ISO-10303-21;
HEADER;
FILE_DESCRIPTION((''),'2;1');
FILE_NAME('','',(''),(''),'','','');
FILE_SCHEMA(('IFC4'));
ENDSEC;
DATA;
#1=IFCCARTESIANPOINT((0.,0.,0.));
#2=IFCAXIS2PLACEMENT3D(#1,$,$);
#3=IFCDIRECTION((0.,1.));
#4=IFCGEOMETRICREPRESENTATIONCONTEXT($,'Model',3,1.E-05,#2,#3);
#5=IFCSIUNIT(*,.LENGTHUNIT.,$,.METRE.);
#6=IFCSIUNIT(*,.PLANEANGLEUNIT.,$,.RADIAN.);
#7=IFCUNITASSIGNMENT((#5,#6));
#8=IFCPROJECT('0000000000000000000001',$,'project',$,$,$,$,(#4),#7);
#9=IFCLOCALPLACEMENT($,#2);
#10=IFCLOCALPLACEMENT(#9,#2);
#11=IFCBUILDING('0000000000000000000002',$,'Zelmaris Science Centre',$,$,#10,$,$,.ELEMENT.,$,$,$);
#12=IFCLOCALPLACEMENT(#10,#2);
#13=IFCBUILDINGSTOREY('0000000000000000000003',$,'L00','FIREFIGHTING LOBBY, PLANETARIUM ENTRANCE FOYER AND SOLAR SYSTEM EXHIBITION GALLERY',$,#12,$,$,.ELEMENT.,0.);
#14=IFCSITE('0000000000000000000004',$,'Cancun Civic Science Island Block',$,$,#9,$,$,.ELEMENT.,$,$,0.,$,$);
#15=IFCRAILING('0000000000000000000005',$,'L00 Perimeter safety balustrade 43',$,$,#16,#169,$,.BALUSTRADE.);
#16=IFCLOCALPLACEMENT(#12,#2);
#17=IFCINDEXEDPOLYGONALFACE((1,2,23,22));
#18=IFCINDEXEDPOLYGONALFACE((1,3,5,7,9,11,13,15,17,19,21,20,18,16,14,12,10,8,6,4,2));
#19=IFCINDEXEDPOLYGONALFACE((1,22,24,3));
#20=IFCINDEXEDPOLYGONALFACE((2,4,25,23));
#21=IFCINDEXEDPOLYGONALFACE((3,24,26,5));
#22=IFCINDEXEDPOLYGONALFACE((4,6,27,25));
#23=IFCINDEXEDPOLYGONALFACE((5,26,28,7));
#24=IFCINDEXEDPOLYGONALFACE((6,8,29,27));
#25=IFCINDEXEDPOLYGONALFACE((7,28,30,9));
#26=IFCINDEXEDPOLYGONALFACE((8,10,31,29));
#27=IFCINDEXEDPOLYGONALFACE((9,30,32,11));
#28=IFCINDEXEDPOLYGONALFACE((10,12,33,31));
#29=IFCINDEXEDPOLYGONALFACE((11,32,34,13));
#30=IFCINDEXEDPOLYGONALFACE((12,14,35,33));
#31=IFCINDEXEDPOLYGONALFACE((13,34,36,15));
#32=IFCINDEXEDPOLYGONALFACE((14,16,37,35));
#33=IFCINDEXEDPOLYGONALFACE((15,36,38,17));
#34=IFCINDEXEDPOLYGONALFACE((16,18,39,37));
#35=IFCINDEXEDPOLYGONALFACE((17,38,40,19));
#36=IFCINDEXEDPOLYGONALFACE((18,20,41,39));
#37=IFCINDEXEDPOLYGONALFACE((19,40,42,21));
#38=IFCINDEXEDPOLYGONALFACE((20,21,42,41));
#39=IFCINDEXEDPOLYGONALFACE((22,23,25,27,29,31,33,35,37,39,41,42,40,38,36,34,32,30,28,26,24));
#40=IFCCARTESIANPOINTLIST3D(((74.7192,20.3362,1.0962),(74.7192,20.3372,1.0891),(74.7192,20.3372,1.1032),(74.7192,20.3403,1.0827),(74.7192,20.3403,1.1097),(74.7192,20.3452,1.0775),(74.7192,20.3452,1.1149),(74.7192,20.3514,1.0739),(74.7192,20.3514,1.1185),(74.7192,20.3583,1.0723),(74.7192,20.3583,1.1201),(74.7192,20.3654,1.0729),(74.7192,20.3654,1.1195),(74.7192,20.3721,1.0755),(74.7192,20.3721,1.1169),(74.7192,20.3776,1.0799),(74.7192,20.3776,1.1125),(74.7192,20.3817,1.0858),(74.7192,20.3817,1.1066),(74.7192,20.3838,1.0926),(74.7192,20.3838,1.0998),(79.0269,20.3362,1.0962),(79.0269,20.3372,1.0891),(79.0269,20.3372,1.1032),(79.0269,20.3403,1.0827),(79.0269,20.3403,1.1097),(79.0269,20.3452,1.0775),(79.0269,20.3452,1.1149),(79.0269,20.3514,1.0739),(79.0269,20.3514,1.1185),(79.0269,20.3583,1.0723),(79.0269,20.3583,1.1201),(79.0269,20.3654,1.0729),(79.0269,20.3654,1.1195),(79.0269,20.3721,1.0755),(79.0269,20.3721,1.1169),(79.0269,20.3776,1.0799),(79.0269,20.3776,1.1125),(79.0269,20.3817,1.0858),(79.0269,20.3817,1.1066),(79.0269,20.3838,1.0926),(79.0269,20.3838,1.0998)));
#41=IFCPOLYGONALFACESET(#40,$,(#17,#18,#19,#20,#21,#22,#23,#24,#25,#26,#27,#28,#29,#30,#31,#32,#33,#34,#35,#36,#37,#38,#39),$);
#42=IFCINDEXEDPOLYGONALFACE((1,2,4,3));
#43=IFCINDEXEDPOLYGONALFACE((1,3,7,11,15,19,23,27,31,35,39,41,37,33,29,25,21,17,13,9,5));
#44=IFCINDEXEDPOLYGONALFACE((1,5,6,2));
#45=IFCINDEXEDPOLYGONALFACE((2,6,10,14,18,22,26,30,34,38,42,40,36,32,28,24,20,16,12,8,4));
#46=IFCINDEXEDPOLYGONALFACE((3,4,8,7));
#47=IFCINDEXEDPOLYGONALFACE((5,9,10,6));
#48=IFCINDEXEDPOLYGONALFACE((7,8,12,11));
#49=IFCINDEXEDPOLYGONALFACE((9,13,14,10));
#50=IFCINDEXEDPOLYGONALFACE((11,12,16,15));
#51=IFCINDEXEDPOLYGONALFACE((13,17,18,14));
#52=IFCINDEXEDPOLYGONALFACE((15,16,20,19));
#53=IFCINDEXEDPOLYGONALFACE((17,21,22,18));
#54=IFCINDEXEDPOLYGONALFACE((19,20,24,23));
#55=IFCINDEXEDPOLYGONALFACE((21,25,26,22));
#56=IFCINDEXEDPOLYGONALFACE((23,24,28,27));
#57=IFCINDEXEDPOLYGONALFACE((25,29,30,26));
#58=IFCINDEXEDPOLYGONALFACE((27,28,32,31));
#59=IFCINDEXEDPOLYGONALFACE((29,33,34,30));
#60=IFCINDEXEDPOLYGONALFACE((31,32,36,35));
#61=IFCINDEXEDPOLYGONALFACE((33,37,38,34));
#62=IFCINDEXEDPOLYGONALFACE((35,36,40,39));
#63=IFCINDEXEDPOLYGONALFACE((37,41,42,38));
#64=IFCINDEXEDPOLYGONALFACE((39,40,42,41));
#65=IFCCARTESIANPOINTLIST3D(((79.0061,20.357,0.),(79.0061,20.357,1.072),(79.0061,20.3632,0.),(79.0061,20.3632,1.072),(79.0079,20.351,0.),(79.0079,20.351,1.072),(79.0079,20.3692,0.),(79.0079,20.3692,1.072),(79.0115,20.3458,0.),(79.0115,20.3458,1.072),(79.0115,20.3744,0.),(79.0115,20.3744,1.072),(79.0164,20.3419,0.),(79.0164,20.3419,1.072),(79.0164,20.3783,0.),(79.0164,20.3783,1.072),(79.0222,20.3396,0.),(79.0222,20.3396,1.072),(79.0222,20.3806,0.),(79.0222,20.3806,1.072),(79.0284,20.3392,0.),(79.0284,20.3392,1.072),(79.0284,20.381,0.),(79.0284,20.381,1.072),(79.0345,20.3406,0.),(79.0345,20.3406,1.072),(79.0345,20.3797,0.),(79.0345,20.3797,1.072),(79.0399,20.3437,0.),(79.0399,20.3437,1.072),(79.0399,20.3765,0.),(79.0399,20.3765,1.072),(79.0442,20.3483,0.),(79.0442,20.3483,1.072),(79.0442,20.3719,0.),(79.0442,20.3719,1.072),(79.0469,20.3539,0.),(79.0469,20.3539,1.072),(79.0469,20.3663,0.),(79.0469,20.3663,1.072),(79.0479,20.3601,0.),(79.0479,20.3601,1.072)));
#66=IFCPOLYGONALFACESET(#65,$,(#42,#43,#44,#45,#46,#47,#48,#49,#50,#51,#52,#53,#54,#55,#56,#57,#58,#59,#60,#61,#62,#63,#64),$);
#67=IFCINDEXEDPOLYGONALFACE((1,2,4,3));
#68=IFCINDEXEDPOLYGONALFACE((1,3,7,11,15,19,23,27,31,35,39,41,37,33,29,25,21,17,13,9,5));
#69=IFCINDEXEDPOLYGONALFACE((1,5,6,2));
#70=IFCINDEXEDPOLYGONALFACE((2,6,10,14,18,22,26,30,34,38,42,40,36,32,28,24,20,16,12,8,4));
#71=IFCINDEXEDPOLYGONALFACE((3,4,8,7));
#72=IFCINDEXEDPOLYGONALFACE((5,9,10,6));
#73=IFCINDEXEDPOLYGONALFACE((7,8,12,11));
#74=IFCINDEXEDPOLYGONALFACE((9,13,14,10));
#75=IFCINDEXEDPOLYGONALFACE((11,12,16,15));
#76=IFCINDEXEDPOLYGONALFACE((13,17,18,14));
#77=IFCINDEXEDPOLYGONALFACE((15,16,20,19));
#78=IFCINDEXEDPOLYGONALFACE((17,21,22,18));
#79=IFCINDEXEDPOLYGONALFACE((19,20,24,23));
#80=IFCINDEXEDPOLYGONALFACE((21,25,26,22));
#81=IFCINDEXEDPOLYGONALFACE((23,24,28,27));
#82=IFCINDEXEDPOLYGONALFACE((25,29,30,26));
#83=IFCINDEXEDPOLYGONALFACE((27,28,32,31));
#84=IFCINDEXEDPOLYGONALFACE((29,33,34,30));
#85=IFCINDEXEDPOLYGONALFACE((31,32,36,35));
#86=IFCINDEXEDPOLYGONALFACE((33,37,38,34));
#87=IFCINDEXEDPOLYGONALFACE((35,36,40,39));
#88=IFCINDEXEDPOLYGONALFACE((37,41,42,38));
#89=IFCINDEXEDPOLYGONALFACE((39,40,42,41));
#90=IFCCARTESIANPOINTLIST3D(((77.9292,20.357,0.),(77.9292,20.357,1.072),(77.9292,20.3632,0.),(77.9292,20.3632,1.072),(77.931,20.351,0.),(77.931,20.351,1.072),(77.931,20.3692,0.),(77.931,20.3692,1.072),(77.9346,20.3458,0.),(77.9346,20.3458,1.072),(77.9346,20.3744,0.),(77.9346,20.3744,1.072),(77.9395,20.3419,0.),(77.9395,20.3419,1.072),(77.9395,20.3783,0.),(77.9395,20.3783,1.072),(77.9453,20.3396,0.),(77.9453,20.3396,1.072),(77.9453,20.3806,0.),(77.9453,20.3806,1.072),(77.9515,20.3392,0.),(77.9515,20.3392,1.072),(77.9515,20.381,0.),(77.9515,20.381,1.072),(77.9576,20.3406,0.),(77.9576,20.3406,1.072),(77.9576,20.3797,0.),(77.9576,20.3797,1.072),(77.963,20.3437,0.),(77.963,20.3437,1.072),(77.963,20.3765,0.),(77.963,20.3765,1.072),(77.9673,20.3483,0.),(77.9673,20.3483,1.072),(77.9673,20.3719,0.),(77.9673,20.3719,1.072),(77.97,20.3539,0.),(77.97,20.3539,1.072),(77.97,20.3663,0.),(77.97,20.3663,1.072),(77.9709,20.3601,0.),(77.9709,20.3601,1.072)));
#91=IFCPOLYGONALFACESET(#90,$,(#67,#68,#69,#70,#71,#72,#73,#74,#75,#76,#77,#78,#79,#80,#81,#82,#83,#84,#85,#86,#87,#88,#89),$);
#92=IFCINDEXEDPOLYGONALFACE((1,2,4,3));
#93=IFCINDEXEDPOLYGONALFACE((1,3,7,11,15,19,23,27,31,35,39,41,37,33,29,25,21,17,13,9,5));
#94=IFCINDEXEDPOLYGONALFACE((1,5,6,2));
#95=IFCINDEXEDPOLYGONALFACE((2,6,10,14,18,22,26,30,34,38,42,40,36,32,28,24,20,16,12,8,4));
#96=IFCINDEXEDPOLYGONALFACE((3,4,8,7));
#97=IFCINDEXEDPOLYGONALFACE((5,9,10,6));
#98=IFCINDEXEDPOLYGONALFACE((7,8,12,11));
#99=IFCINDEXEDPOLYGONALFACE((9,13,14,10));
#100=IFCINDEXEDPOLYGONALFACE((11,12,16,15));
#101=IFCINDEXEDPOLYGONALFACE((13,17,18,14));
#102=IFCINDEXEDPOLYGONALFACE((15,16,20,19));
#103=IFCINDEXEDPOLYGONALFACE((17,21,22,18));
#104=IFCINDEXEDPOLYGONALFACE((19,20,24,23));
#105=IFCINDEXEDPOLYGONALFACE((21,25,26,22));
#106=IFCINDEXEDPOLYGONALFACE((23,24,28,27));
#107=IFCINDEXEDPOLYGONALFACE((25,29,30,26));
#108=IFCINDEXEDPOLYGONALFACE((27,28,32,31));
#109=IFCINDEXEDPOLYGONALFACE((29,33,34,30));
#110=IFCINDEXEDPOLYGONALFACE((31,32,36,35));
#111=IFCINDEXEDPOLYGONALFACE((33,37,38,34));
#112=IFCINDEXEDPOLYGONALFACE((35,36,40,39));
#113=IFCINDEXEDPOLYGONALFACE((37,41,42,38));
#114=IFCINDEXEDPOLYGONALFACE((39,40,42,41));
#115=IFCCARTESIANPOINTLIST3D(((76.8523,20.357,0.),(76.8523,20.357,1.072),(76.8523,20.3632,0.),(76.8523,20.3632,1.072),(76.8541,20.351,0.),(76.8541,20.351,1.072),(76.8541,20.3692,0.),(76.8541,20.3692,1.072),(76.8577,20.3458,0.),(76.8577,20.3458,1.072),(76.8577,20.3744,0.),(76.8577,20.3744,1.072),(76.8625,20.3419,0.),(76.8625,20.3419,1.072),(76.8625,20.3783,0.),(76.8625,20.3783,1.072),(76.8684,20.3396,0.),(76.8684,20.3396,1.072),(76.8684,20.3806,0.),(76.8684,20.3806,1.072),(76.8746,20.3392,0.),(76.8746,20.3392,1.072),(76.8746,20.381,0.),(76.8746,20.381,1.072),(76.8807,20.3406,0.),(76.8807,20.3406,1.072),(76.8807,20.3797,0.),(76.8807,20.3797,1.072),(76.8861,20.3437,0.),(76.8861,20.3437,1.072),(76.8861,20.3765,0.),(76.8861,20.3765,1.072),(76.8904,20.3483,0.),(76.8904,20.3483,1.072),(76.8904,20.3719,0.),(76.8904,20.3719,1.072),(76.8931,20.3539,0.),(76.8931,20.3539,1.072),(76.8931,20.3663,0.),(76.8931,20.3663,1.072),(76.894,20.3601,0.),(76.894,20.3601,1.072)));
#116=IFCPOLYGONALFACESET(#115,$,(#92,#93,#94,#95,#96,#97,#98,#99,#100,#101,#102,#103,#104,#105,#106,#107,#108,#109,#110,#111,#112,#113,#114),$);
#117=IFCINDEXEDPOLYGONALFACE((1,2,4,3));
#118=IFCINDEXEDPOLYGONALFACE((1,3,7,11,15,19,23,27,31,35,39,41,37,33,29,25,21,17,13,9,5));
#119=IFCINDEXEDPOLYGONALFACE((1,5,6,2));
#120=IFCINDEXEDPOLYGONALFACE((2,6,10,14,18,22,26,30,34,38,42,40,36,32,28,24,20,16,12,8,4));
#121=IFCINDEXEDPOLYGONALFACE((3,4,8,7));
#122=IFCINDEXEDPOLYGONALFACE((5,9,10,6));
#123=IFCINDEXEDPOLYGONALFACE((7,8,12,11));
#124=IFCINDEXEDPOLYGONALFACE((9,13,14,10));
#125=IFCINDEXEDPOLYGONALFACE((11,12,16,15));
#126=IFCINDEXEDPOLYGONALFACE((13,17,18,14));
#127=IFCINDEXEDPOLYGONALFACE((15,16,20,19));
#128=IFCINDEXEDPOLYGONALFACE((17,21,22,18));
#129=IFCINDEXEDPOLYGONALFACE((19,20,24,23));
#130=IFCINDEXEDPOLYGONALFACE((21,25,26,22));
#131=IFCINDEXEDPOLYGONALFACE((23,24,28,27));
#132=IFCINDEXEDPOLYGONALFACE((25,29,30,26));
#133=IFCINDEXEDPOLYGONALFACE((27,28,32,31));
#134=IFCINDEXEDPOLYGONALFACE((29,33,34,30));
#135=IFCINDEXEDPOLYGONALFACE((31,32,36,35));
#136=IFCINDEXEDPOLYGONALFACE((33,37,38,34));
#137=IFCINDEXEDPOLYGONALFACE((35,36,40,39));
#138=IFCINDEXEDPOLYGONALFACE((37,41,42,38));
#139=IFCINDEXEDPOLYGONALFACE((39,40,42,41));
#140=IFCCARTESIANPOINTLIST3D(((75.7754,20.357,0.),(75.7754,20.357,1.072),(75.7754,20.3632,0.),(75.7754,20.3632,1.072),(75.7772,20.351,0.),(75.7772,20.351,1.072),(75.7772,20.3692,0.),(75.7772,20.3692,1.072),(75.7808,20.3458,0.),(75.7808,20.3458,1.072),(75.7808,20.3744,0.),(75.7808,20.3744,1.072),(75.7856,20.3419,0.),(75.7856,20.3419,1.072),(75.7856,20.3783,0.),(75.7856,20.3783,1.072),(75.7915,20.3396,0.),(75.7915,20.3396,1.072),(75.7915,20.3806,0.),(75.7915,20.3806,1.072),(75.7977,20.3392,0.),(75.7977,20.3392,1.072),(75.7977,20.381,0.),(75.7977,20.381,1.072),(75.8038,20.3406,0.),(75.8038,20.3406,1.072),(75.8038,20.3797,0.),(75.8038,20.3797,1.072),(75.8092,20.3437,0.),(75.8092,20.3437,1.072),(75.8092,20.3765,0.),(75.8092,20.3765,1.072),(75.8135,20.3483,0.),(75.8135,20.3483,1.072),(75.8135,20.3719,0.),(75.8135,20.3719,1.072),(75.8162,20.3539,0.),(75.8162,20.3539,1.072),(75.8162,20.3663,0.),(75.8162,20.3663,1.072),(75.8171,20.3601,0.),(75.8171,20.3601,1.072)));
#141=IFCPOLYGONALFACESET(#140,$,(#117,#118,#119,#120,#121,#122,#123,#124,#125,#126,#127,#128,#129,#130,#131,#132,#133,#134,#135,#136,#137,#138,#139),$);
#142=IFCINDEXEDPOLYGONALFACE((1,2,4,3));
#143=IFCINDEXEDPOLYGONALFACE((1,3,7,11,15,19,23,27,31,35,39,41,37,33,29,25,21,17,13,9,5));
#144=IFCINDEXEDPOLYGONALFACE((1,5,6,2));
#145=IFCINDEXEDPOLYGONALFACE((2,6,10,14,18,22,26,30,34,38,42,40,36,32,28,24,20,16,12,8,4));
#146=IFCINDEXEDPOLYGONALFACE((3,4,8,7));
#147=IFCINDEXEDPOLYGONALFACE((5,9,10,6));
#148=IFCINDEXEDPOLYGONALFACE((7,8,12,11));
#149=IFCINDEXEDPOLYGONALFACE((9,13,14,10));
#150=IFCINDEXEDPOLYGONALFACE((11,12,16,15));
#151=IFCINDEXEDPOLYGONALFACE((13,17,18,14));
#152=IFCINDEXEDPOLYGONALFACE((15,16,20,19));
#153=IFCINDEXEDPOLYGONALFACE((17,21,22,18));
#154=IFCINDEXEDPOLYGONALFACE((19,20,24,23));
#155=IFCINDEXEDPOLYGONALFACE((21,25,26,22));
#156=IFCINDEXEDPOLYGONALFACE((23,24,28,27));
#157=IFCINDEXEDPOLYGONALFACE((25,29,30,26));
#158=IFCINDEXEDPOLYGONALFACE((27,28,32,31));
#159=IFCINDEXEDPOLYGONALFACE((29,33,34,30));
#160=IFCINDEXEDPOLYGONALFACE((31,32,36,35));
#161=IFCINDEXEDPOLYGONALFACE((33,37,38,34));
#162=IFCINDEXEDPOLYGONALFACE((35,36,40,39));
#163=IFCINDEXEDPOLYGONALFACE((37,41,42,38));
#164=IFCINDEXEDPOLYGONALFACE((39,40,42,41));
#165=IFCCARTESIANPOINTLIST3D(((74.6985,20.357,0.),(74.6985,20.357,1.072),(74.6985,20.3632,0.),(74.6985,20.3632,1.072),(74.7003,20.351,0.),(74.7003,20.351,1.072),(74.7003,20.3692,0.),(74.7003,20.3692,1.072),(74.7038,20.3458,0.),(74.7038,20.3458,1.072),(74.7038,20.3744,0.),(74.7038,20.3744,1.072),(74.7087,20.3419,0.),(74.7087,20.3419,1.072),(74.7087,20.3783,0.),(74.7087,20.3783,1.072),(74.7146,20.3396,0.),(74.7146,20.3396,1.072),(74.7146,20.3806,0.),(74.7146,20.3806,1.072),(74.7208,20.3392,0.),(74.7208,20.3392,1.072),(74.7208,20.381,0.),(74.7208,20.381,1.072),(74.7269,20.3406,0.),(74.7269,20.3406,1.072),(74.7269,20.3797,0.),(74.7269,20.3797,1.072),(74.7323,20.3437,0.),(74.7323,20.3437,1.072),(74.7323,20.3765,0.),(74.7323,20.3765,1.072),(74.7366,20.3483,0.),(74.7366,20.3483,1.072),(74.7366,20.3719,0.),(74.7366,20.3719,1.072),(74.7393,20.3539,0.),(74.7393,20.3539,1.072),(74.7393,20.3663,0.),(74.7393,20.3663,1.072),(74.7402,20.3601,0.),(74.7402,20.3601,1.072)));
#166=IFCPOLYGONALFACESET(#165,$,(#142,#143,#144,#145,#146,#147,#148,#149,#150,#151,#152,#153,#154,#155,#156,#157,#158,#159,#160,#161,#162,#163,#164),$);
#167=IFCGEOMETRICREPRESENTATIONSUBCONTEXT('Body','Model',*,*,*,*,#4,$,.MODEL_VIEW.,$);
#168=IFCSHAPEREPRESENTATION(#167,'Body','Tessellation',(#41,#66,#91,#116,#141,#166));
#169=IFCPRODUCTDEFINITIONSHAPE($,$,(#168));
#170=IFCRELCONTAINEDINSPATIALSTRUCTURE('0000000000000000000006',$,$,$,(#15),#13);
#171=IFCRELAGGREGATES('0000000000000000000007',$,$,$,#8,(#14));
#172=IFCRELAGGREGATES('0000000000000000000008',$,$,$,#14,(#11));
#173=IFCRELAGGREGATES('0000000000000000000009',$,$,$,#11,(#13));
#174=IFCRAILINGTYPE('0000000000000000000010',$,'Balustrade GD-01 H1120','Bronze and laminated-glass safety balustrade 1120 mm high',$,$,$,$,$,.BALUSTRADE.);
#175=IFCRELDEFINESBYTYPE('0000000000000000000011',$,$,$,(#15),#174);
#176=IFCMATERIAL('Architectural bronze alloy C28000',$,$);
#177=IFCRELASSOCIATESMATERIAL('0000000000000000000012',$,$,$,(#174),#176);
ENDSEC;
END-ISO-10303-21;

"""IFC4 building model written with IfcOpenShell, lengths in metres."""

from ifc_helpers import new_model, si_unit, direction, frame, origin, origin_2d, place, context, subcontext, project, spatial, circle, extrude, material, type_object, element, save


model = new_model("IFC4")

# Units and contexts
model_context = context("Model", 3, precision=1e-05, world=origin(), true_north=direction((0.0, 1.0)))
body_context = subcontext(model_context, "Body", "Model", "MODEL_VIEW")
ifc_project = project(units=[si_unit("LENGTHUNIT", "METRE"), si_unit("PLANEANGLEUNIT", "RADIAN")], contexts=[model_context])

# Site, building, storey
site_placement = place(None, origin())
site = spatial("IfcSite", under=ifc_project, at=site_placement, Name="Cancun Civic Science Island Block", CompositionType="ELEMENT", RefElevation=0.0)
building_placement = place(site_placement, origin())
building = spatial("IfcBuilding", under=site, at=building_placement, Name="Zelmaris Science Centre", CompositionType="ELEMENT")
storey_placement = place(building_placement, origin())
storey = spatial("IfcBuildingStorey", under=building, at=storey_placement, Name="L00", Description="FIREFIGHTING LOBBY, PLANETARIUM ENTRANCE FOYER AND SOLAR SYSTEM EXHIBITION GALLERY", CompositionType="ELEMENT", Elevation=0.0)

# Railing
ifc_material_1 = material(Name="Architectural bronze alloy C28000")
railing_type = type_object("IfcRailingType", Name="Balustrade GD-01 H1120", Description="Bronze and laminated-glass safety balustrade 1120 mm high", PredefinedType="BALUSTRADE", material=ifc_material_1)
railing_placement = place(storey_placement, frame((79.0269, 20.3601, 0.0)))
element("IfcRailing", 1, at=railing_placement, inside=storey, type_object=railing_type, Name="L00 Perimeter safety balustrade 43", PredefinedType="BALUSTRADE", context=body_context, shape_type="SweptSolid", body=[
    extrude(circle(Radius=0.0239, at=origin_2d()), frame((0.0, 0.0, 1.0962), z_axis=(-1.0, 0.0, 0.0), x_axis=(0.0, -1.0, 0.0)), (0.0, 0.0, 1.0), 4.3076),
    extrude(circle(Radius=0.021, at=origin_2d()), origin(), (0.0, 0.0, 1.0), 1.072),
    extrude(circle(Radius=0.021, at=origin_2d()), frame((-1.0769, 0.0, 0.0)), (0.0, 0.0, 1.0), 1.072),
    extrude(circle(Radius=0.021, at=origin_2d()), frame((-2.1538, 0.0, 0.0)), (0.0, 0.0, 1.0), 1.072),
    extrude(circle(Radius=0.021, at=origin_2d()), frame((-3.2307, 0.0, 0.0)), (0.0, 0.0, 1.0), 1.072),
    extrude(circle(Radius=0.021, at=origin_2d()), frame((-4.3076, 0.0, 0.0)), (0.0, 0.0, 1.0), 1.072),
])

save(model, "model.ifc")
